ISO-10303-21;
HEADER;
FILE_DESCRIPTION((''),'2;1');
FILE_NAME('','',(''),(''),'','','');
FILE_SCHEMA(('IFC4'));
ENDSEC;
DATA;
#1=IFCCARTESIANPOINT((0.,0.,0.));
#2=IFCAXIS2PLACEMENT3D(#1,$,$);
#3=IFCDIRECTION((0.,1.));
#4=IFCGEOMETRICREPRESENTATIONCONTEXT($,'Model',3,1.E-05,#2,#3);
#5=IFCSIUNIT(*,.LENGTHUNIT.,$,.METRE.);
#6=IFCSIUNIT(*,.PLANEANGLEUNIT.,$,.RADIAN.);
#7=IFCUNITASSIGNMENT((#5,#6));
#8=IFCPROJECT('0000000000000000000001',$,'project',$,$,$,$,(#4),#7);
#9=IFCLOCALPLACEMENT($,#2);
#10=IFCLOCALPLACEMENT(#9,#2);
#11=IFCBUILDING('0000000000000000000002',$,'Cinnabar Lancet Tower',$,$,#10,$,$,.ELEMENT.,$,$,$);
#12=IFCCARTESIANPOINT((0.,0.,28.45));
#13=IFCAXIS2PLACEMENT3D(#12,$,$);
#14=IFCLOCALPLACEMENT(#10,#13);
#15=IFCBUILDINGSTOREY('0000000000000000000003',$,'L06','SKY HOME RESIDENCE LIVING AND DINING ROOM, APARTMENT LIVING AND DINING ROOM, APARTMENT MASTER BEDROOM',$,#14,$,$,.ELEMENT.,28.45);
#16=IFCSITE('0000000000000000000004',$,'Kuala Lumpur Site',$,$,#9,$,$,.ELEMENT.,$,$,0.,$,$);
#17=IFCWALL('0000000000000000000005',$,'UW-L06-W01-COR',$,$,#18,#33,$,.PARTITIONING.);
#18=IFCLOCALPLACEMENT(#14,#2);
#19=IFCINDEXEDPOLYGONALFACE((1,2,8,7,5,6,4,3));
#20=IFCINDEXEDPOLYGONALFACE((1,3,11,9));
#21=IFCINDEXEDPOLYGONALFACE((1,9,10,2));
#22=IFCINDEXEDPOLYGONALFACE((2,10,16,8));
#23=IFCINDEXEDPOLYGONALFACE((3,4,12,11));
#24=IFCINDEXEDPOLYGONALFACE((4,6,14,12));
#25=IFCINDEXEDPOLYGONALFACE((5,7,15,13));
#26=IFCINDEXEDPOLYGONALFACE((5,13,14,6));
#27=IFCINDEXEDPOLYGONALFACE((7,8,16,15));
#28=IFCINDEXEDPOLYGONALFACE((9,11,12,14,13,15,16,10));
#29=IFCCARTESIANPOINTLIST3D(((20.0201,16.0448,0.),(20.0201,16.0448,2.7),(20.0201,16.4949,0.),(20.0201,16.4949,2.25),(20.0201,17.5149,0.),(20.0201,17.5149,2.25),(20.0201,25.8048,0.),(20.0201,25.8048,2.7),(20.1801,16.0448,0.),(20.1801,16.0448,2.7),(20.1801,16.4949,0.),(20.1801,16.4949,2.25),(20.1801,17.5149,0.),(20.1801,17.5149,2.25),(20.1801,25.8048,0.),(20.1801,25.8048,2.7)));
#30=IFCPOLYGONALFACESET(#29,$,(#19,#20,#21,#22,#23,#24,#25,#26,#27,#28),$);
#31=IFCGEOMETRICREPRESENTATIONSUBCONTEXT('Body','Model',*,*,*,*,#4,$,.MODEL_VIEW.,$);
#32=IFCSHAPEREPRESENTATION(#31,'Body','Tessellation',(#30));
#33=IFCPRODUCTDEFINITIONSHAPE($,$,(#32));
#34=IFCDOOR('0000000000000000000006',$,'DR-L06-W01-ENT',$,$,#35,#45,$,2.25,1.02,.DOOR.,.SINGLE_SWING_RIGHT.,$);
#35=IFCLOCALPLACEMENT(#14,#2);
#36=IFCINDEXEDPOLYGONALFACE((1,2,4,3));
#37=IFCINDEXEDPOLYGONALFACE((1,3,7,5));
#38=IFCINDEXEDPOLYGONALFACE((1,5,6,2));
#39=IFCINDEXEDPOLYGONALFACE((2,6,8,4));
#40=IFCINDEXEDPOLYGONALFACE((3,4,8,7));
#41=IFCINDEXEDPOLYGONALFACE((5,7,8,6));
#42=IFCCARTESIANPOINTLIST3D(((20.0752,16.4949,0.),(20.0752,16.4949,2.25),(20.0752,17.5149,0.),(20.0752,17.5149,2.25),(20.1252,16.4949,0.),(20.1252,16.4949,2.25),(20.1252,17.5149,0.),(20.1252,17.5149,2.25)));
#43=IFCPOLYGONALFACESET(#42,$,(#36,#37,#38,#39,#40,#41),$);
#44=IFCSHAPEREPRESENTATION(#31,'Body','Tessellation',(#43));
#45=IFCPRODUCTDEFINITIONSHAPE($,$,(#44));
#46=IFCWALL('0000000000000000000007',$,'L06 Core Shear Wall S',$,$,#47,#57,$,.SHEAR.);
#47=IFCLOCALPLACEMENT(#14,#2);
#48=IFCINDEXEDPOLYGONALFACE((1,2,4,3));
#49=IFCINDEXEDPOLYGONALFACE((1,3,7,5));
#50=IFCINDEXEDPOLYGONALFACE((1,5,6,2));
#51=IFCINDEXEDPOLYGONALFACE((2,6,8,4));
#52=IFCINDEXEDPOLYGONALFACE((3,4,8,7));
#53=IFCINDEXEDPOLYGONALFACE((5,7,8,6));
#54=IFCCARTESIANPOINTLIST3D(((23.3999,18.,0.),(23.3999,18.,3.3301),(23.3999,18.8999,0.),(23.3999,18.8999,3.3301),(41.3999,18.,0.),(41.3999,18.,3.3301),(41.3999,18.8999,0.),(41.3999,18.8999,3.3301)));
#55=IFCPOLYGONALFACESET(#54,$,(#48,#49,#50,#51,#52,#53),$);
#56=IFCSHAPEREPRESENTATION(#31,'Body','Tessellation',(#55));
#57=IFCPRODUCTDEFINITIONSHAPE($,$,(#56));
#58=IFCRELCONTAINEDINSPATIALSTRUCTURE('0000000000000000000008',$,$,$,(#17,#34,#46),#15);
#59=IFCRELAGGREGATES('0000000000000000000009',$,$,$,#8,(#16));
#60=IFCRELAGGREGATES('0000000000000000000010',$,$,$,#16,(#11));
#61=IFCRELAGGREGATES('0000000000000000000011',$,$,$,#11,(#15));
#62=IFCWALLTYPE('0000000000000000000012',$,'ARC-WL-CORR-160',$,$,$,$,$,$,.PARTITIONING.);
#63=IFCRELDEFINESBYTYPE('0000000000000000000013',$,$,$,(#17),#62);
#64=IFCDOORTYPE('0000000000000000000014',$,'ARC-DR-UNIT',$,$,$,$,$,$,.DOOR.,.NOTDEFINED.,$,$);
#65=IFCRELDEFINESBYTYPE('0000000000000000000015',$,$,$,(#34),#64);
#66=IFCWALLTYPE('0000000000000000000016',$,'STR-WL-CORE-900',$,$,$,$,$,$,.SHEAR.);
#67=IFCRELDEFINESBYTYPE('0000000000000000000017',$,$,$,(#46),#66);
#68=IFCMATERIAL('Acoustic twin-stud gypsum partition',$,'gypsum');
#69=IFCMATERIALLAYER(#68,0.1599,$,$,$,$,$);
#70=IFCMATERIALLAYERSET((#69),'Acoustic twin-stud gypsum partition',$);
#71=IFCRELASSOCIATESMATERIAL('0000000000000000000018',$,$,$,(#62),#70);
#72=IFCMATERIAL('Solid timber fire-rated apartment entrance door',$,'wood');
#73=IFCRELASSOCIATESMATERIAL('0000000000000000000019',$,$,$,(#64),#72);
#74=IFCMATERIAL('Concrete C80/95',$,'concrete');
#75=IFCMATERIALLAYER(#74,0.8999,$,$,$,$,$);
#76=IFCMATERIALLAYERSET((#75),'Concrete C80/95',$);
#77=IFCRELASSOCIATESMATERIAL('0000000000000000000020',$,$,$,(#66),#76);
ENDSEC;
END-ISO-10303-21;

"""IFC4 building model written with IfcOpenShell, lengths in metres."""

from ifc_helpers import new_model, si_unit, direction, frame, frame_2d, origin, place, context, subcontext, project, spatial, rectangle, extrude, material, layer, layer_set, type_object, element, fill, save


model = new_model("IFC4")

# Units and contexts
model_context = context("Model", 3, precision=1e-05, world=origin(), true_north=direction((0.0, 1.0)))
body_context = subcontext(model_context, "Body", "Model", "MODEL_VIEW")
ifc_project = project(units=[si_unit("LENGTHUNIT", "METRE"), si_unit("PLANEANGLEUNIT", "RADIAN")], contexts=[model_context])

# Site, building, storey
site_placement = place(None, origin())
site = spatial("IfcSite", under=ifc_project, at=site_placement, Name="Kuala Lumpur Site", CompositionType="ELEMENT", RefElevation=0.0)
building_placement = place(site_placement, origin())
building = spatial("IfcBuilding", under=site, at=building_placement, Name="Cinnabar Lancet Tower", CompositionType="ELEMENT")
storey_placement = place(building_placement, frame((0.0, 0.0, 28.45)))
storey = spatial("IfcBuildingStorey", under=building, at=storey_placement, Name="L06", Description="SKY HOME RESIDENCE LIVING AND DINING ROOM, APARTMENT LIVING AND DINING ROOM, APARTMENT MASTER BEDROOM", CompositionType="ELEMENT", Elevation=28.45)

# Wall, opening, door
ifc_material_1 = material(Name="Acoustic twin-stud gypsum partition", Category="gypsum")
ifc_layer_1 = layer(ifc_material_1, 0.1599)
ifc_layer_set_1 = layer_set([ifc_layer_1], Name="Acoustic twin-stud gypsum partition")
wall_type_1 = type_object("IfcWallType", Name="ARC-WL-CORR-160", PredefinedType="PARTITIONING", material=ifc_layer_set_1)
ifc_material_2 = material(Name="Solid timber fire-rated apartment entrance door", Category="wood")
door_type_1 = type_object("IfcDoorType", Name="ARC-DR-UNIT", OperationType="NOTDEFINED", PredefinedType="DOOR", material=ifc_material_2)
wall_1_placement = place(storey_placement, frame((20.1001, 16.0449, 0.0), z_axis=(0.0, 0.0, 1.0), x_axis=(0.0, 1.0, 0.0)))
wall_1 = element("IfcWall", 1, at=wall_1_placement, inside=storey, type_object=wall_type_1, Name="UW-L06-W01-COR", PredefinedType="PARTITIONING", context=body_context, shape_type="SweptSolid", body=[
    extrude(rectangle(XDim=9.76, YDim=0.1599, at=frame_2d((4.8799, 0.0))), origin(), (0.0, 0.0, 1.0), 2.7),
])
opening_1_placement = place(wall_1_placement, frame((0.45, 0.0, 0.0)))
opening_1 = element("IfcOpeningElement", 2, at=opening_1_placement, cuts=wall_1, PredefinedType="OPENING", context=body_context, shape_type="SweptSolid", body=[
    extrude(rectangle(XDim=1.02, YDim=2.25, at=frame_2d((0.51, 1.125))), frame((0.0, 0.0898, 0.0), z_axis=(0.0, -1.0, 0.0), x_axis=(1.0, 0.0, 0.0)), (0.0, 0.0, 1.0), 0.1799),
])
door_1_placement = place(opening_1_placement, origin())
door_1 = element("IfcDoor", 3, at=door_1_placement, inside=storey, type_object=door_type_1, Name="DR-L06-W01-ENT", OperationType="SINGLE_SWING_RIGHT", OverallHeight=2.25, OverallWidth=1.02, PredefinedType="DOOR", context=body_context, shape_type="SweptSolid", body=[
    extrude(rectangle(XDim=1.02, YDim=2.25, at=frame_2d((0.51, 1.125))), frame((0.0, 0.0249, 0.0), z_axis=(0.0, -1.0, 0.0), x_axis=(1.0, 0.0, 0.0)), (0.0, 0.0, 1.0), 0.05),
])
fill(opening_1, door_1)

# Wall
ifc_material_3 = material(Name="Concrete C80/95", Category="concrete")
ifc_layer_2 = layer(ifc_material_3, 0.8999)
ifc_layer_set_2 = layer_set([ifc_layer_2], Name="Concrete C80/95")
wall_type_2 = type_object("IfcWallType", Name="STR-WL-CORE-900", PredefinedType="SHEAR", material=ifc_layer_set_2)
wall_2_placement = place(storey_placement, frame((23.3999, 18.45, 0.0), z_axis=(0.0, 0.0, 1.0), x_axis=(1.0, 0.0, 0.0)))
element("IfcWall", 4, at=wall_2_placement, inside=storey, type_object=wall_type_2, Name="L06 Core Shear Wall S", PredefinedType="SHEAR", context=body_context, shape_type="SweptSolid", body=[
    extrude(rectangle(XDim=18.0, YDim=0.8999, at=frame_2d((9.0, 0.0))), origin(), (0.0, 0.0, 1.0), 3.3301),
])

save(model, "model.ifc")
